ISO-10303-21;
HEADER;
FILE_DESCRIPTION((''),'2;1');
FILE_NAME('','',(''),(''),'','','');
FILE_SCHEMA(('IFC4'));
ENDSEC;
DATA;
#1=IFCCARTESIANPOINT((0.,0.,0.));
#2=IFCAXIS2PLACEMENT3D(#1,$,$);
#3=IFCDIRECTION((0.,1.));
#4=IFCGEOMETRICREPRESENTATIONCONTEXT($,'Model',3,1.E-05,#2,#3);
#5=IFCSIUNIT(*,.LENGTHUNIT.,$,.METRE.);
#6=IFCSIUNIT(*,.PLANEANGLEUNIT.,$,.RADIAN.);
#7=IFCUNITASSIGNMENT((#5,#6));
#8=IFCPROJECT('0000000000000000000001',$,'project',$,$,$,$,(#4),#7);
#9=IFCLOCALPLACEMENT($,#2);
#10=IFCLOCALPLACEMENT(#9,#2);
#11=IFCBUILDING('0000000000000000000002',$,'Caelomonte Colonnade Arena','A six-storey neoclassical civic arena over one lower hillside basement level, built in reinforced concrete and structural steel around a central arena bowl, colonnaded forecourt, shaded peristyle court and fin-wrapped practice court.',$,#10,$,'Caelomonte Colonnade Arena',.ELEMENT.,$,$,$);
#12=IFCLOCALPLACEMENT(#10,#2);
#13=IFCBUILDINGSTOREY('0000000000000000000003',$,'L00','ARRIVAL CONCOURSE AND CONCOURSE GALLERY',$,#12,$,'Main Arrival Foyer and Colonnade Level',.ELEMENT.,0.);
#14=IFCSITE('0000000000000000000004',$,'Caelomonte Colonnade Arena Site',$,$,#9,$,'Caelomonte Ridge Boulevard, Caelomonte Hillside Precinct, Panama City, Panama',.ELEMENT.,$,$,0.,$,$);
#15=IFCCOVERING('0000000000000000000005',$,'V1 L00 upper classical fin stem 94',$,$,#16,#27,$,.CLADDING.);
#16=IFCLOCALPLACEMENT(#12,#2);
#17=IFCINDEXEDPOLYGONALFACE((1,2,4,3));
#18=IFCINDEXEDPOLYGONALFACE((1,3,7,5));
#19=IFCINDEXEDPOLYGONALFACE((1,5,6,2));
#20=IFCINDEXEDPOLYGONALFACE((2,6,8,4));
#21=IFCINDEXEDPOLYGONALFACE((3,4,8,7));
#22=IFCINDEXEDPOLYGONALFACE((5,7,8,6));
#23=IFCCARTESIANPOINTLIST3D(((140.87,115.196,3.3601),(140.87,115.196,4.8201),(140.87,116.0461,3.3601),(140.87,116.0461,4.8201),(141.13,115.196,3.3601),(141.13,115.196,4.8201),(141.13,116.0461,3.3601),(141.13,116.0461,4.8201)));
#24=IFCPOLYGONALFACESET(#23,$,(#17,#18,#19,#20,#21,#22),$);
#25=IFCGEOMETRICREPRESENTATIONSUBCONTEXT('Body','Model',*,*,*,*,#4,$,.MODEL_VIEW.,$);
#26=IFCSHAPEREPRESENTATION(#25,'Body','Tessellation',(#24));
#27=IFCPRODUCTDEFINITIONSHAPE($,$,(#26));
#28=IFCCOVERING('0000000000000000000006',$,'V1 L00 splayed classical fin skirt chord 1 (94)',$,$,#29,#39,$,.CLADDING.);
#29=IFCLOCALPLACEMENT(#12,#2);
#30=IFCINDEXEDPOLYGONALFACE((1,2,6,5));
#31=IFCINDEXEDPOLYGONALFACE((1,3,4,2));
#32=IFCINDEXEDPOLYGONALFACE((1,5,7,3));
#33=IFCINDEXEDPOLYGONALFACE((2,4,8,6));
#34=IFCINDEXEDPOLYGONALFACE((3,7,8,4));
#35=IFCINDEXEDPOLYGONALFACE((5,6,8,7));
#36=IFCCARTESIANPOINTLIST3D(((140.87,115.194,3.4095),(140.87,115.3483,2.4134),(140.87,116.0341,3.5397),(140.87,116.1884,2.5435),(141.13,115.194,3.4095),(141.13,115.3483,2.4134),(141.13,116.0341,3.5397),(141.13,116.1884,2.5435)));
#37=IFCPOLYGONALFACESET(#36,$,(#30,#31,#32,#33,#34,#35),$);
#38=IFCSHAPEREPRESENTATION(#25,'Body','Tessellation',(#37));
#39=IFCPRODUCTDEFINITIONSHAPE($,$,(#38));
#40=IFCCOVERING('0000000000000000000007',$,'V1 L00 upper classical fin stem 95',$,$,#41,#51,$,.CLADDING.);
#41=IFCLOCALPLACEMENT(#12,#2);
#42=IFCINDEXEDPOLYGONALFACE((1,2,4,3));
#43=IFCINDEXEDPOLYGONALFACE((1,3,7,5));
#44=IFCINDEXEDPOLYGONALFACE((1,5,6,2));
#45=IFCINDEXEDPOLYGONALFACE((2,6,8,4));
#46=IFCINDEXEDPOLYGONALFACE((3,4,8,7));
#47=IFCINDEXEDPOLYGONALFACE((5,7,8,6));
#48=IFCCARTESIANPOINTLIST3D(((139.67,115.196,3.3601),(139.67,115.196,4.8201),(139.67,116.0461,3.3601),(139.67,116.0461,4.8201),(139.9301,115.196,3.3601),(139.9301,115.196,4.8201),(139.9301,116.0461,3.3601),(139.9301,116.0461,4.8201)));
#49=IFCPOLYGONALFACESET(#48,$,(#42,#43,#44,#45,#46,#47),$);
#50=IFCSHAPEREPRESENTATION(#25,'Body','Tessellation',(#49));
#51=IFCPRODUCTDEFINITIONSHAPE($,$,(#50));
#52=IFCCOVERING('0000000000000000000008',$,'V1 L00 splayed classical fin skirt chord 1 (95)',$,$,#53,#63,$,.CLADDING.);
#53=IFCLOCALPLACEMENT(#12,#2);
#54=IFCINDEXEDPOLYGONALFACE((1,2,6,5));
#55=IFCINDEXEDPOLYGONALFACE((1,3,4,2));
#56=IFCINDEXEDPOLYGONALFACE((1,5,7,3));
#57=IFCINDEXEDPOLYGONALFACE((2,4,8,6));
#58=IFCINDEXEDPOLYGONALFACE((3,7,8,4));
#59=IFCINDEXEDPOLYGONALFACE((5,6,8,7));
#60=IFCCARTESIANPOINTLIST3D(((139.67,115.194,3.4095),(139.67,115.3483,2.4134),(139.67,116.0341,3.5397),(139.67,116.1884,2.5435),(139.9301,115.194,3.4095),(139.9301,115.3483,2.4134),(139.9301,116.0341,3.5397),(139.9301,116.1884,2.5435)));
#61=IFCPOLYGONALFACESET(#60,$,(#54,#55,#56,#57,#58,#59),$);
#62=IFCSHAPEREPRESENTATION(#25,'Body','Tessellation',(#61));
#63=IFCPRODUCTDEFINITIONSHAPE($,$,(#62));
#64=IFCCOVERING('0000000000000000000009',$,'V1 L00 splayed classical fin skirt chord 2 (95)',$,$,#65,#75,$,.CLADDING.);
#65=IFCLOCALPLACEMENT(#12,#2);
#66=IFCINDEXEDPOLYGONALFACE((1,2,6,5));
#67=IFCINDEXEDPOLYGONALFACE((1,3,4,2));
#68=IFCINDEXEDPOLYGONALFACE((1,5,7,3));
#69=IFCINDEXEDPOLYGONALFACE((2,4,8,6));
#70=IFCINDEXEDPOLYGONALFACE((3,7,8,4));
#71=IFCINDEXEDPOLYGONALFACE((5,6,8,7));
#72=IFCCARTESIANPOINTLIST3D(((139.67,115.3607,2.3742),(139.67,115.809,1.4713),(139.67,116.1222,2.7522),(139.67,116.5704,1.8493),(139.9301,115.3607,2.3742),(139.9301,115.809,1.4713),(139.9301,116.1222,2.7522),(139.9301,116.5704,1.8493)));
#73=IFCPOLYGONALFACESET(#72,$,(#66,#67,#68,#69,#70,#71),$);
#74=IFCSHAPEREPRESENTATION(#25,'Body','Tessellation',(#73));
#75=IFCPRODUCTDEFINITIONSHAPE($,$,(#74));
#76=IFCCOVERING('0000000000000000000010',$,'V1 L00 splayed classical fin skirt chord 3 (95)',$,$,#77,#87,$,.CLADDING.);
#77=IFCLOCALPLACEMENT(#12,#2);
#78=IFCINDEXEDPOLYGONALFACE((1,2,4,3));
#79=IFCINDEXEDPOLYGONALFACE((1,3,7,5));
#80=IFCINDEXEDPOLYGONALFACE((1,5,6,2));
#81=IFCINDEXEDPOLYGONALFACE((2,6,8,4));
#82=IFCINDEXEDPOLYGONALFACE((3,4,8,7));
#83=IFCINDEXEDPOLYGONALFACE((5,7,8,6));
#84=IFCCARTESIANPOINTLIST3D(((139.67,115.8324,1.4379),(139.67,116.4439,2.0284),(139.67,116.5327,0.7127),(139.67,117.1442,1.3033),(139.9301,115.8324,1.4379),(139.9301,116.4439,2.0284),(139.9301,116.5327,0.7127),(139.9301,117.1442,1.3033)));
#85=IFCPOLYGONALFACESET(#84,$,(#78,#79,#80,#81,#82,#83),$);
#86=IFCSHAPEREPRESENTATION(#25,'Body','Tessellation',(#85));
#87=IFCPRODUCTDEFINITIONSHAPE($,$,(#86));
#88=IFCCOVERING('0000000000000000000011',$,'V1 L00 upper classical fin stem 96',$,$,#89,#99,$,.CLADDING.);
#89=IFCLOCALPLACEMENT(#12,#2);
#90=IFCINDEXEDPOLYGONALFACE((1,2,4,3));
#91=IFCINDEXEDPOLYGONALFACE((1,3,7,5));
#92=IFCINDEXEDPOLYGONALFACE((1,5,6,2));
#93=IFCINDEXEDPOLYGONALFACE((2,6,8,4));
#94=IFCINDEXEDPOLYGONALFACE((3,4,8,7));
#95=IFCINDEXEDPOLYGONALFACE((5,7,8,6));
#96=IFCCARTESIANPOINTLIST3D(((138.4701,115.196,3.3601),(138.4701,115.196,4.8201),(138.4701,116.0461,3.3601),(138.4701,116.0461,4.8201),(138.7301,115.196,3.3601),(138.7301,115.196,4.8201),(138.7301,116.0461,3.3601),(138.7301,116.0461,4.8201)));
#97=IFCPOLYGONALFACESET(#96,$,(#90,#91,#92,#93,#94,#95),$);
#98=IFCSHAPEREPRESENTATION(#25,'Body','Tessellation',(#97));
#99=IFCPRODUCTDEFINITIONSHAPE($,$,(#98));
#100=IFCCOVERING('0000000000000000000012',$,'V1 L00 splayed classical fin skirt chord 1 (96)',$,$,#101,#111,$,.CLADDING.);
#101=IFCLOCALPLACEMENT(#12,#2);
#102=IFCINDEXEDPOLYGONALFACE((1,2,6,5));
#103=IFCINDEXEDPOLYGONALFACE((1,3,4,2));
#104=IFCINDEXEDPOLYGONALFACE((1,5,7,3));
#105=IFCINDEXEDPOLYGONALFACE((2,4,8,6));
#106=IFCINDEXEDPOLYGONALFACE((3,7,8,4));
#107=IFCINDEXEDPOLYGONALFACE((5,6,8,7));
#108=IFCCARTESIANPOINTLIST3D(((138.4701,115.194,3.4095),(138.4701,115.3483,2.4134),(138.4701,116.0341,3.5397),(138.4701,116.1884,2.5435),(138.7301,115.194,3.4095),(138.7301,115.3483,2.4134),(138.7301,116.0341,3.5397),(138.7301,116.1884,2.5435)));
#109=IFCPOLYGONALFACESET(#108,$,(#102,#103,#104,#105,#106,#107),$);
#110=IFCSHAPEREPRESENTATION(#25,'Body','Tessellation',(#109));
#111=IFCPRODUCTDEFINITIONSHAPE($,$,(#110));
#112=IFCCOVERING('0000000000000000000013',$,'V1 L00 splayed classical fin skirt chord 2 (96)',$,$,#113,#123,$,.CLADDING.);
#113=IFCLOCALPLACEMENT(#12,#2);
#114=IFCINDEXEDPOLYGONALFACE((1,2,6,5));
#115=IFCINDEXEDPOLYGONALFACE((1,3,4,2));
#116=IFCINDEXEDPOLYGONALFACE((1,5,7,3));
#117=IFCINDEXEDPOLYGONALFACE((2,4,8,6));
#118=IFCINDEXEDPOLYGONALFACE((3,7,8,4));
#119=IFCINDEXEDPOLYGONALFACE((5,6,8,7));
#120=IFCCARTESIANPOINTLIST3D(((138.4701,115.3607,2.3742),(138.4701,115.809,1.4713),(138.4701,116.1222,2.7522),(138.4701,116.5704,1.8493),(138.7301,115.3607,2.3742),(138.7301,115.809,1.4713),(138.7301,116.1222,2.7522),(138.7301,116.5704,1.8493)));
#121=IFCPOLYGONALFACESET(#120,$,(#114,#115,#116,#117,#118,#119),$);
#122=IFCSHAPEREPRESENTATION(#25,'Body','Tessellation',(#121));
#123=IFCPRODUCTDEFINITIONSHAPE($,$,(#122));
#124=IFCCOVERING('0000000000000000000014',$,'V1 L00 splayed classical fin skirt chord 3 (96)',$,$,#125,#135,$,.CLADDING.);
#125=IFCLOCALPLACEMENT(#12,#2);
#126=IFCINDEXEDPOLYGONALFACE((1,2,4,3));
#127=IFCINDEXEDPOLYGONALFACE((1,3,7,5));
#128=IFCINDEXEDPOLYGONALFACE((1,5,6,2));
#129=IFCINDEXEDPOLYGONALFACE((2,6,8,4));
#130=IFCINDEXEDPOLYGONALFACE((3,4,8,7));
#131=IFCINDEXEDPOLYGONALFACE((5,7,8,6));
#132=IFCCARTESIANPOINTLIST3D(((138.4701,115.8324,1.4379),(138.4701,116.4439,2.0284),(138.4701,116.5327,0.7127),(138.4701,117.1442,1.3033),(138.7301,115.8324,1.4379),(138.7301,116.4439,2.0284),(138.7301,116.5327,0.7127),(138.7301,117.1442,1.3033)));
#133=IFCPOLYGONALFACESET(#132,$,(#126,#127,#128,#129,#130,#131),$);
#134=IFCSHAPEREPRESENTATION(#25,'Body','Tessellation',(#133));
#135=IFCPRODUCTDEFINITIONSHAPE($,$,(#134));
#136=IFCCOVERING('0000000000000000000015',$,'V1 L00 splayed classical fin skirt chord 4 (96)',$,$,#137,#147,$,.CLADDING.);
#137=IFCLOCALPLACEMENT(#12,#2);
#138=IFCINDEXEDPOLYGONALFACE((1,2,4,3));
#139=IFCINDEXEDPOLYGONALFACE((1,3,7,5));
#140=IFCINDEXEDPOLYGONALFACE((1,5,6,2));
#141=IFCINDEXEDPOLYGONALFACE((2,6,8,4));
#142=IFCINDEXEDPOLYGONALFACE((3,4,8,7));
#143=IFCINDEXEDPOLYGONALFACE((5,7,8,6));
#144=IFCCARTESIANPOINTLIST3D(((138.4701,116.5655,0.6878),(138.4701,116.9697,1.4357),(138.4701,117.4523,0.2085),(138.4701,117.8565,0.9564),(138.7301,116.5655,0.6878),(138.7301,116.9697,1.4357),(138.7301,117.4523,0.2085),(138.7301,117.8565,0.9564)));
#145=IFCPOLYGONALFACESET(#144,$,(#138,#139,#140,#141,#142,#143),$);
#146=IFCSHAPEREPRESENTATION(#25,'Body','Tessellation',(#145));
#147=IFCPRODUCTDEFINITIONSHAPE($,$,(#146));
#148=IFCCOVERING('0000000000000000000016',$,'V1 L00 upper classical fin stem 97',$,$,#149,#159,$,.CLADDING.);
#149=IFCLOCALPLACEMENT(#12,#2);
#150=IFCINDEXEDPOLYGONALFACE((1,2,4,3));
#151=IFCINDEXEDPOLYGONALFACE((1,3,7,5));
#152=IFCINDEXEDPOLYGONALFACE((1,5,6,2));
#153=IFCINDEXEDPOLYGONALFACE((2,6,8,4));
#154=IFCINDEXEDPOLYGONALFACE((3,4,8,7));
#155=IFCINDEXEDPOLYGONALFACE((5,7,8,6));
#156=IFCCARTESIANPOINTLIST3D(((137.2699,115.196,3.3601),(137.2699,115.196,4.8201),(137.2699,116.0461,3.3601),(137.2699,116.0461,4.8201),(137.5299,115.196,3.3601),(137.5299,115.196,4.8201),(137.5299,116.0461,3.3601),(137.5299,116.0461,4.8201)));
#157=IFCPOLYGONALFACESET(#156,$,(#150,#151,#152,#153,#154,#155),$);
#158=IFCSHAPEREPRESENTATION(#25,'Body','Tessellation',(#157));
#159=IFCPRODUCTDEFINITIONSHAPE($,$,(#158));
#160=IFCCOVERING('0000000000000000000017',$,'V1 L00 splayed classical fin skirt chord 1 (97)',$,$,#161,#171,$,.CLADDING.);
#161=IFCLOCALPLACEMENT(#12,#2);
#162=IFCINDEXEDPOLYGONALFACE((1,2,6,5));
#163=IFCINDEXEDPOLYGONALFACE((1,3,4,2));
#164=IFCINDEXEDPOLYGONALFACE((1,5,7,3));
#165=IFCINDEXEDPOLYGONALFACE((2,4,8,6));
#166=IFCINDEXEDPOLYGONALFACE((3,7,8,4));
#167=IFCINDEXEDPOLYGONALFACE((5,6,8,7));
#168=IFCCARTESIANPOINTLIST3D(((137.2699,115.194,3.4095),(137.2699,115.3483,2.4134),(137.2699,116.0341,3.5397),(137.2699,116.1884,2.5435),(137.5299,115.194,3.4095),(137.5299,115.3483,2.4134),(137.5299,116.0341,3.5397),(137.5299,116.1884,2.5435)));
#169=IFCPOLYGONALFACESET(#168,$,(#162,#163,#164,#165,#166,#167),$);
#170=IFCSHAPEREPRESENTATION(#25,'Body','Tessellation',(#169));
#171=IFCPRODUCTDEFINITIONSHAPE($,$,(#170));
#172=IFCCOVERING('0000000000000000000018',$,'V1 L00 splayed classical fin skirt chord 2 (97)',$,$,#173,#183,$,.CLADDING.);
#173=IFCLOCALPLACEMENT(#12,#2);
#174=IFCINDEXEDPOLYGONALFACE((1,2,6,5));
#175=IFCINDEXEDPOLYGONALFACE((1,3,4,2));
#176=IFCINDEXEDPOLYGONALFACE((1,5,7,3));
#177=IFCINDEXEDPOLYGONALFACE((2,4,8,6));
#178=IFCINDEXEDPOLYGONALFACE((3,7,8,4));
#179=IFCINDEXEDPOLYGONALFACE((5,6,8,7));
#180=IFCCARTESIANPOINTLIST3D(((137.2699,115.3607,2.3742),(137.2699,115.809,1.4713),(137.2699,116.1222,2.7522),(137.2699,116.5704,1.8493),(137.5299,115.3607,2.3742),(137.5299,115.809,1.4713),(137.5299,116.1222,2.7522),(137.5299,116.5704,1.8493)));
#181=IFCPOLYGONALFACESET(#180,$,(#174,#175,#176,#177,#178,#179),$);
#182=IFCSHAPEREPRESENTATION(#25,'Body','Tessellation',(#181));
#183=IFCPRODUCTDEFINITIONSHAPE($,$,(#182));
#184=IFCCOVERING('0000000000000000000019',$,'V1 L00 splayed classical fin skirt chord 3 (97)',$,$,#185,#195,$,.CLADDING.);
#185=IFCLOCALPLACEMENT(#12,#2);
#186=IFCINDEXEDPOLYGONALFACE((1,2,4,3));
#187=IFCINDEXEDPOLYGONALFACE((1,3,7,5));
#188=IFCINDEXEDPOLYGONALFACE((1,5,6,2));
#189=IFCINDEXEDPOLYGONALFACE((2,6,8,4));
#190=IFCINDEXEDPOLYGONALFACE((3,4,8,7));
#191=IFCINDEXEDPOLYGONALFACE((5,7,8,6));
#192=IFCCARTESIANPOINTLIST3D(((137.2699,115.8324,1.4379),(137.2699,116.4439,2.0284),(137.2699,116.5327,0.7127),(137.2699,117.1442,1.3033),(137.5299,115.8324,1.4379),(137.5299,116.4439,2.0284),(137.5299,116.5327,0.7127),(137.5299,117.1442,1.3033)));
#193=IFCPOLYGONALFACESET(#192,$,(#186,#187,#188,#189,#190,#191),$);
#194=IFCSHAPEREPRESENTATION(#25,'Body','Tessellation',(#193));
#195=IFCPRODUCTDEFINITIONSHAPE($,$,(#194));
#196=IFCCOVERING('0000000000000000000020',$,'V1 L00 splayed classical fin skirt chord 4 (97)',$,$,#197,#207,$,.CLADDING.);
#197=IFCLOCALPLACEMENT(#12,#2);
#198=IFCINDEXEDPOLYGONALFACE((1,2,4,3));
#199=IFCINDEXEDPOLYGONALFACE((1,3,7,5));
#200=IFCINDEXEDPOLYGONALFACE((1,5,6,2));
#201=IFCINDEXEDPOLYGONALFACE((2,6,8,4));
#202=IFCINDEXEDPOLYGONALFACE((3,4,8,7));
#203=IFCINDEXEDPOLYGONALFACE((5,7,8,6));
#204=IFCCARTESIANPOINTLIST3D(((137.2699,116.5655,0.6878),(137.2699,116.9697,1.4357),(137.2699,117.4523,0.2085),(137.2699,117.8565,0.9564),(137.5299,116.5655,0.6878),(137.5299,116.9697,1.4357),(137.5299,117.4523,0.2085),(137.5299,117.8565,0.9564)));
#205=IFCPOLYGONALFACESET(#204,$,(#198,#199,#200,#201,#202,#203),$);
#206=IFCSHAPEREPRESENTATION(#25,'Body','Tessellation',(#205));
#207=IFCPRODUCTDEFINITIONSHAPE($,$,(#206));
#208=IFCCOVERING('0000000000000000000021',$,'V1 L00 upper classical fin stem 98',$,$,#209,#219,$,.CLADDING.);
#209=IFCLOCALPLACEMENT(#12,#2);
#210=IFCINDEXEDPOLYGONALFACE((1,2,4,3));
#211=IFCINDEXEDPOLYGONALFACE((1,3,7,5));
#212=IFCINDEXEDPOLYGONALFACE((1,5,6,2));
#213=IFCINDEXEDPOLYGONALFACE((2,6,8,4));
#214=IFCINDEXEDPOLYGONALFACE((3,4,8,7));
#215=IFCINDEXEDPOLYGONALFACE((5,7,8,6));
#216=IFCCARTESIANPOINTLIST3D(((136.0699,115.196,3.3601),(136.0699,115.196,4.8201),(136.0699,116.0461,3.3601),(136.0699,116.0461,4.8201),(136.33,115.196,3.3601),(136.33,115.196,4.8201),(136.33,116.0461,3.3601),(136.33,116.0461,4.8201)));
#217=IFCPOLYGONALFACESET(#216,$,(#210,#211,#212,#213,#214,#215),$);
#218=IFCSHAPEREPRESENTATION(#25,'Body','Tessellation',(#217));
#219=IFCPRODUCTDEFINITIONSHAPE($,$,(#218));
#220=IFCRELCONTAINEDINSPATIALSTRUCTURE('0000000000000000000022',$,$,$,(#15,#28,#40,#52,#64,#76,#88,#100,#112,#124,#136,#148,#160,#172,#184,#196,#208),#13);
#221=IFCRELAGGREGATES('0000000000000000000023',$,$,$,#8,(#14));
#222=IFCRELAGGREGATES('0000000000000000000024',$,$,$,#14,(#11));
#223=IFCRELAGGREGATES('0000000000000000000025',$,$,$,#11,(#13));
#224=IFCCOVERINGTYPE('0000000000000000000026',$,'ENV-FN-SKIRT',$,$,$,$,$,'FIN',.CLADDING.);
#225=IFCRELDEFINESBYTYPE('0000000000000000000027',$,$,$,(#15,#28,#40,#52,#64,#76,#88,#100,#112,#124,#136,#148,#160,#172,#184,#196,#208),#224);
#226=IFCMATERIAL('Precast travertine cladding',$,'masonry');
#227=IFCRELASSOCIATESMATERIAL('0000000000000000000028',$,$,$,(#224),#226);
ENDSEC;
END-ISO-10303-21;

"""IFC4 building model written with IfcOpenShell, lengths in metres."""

from ifc_helpers import new_model, si_unit, direction, frame, origin, origin_2d, place, context, subcontext, project, spatial, rectangle, extrude, material, material_profile, profile_set, type_object, element, save


model = new_model("IFC4")

# Units and contexts
model_context = context("Model", 3, precision=1e-05, world=origin(), true_north=direction((0.0, 1.0)))
body_context = subcontext(model_context, "Body", "Model", "MODEL_VIEW")
ifc_project = project(units=[si_unit("LENGTHUNIT", "METRE"), si_unit("PLANEANGLEUNIT", "RADIAN")], contexts=[model_context])

# Site, building, storey
site_placement = place(None, origin())
site = spatial("IfcSite", under=ifc_project, at=site_placement, Name="Caelomonte Colonnade Arena Site", LongName="Caelomonte Ridge Boulevard, Caelomonte Hillside Precinct, Panama City, Panama", CompositionType="ELEMENT", RefElevation=0.0)
building_placement = place(site_placement, origin())
building = spatial("IfcBuilding", under=site, at=building_placement, Name="Caelomonte Colonnade Arena", Description="A six-storey neoclassical civic arena over one lower hillside basement level, built in reinforced concrete and structural steel around a central arena bowl, colonnaded forecourt, shaded peristyle court and fin-wrapped practice court.", LongName="Caelomonte Colonnade Arena", CompositionType="ELEMENT")
storey_placement = place(building_placement, origin())
storey = spatial("IfcBuildingStorey", under=building, at=storey_placement, Name="L00", Description="ARRIVAL CONCOURSE AND CONCOURSE GALLERY", LongName="Main Arrival Foyer and Colonnade Level", CompositionType="ELEMENT", Elevation=0.0)

# Coverings
ifc_material = material(Name="Precast travertine cladding", Category="masonry")
ifc_material_profile = material_profile(ifc_material, rectangle(XDim=0.26, YDim=0.8501, at=origin_2d()), Name="FIN260X850")
ifc_profile_set = profile_set([ifc_material_profile], Name="Precast travertine cladding")
covering_type = type_object("IfcCoveringType", Name="ENV-FN-SKIRT", ElementType="FIN", PredefinedType="CLADDING", material=ifc_profile_set)
covering_1_placement = place(storey_placement, frame((141.0, 115.6211, 3.3601), z_axis=(0.0, 0.0, 1.0), x_axis=(1.0, 0.0, 0.0)))
element("IfcCovering", 1, at=covering_1_placement, inside=storey, type_object=covering_type, Name="V1 L00 upper classical fin stem 94", PredefinedType="CLADDING", context=body_context, shape_type="SweptSolid", body=[
    extrude(rectangle(XDim=0.26, YDim=0.8501, at=origin_2d()), origin(), (0.0, 0.0, 1.0), 1.46),
])
covering_2_placement = place(storey_placement, frame((141.0, 115.614, 3.4746), z_axis=(0.0, 0.153076, -0.988214), x_axis=(-1.0, 0.0, 0.0)))
element("IfcCovering", 2, at=covering_2_placement, inside=storey, type_object=covering_type, Name="V1 L00 splayed classical fin skirt chord 1 (94)", PredefinedType="CLADDING", context=body_context, shape_type="SweptSolid", body=[
    extrude(rectangle(XDim=0.26, YDim=0.8501, at=origin_2d()), origin(), (0.0, 0.0, 1.0), 1.0081),
])
covering_3_placement = place(storey_placement, frame((139.8, 115.6211, 3.3601), z_axis=(0.0, 0.0, 1.0), x_axis=(1.0, 0.0, 0.0)))
element("IfcCovering", 3, at=covering_3_placement, inside=storey, type_object=covering_type, Name="V1 L00 upper classical fin stem 95", PredefinedType="CLADDING", context=body_context, shape_type="SweptSolid", body=[
    extrude(rectangle(XDim=0.26, YDim=0.8501, at=origin_2d()), origin(), (0.0, 0.0, 1.0), 1.46),
])
for number, where, z_axis, x_axis, name in (
    (4, (139.8, 115.614, 3.4746), (0.0, 0.153076, -0.988214), (-1.0, 0.0, 0.0), "V1 L00 splayed classical fin skirt chord 1 (95)"),
    (5, (139.8, 115.7415, 2.5632), (0.0, 0.444693, -0.895683), (-1.0, 0.0, 0.0), "V1 L00 splayed classical fin skirt chord 2 (95)"),
    (6, (139.8, 116.1382, 1.7332), (0.0, 0.694646, -0.719351), (-1.0, 0.0, 0.0), "V1 L00 splayed classical fin skirt chord 3 (95)"),
):
    element("IfcCovering", number, at=place(storey_placement, frame(where, z_axis=z_axis, x_axis=x_axis)), inside=storey, type_object=covering_type, Name=name, PredefinedType="CLADDING", context=body_context, shape_type="SweptSolid", body=[
        extrude(rectangle(XDim=0.26, YDim=0.8501, at=origin_2d()), origin(), (0.0, 0.0, 1.0), 1.0081),
    ])
covering_4_placement = place(storey_placement, frame((138.6001, 115.6211, 3.3601), z_axis=(0.0, 0.0, 1.0), x_axis=(1.0, 0.0, 0.0)))
element("IfcCovering", 7, at=covering_4_placement, inside=storey, type_object=covering_type, Name="V1 L00 upper classical fin stem 96", PredefinedType="CLADDING", context=body_context, shape_type="SweptSolid", body=[
    extrude(rectangle(XDim=0.26, YDim=0.8501, at=origin_2d()), origin(), (0.0, 0.0, 1.0), 1.46),
])
for number, where, z_axis, x_axis, name in (
    (8, (138.6001, 115.614, 3.4746), (0.0, 0.153076, -0.988214), (-1.0, 0.0, 0.0), "V1 L00 splayed classical fin skirt chord 1 (96)"),
    (9, (138.6001, 115.7415, 2.5632), (0.0, 0.444693, -0.895683), (-1.0, 0.0, 0.0), "V1 L00 splayed classical fin skirt chord 2 (96)"),
    (10, (138.6001, 116.1382, 1.7332), (0.0, 0.694646, -0.719351), (-1.0, 0.0, 0.0), "V1 L00 splayed classical fin skirt chord 3 (96)"),
    (11, (138.6001, 116.7676, 1.0618), (0.0, 0.879731, -0.475471), (-1.0, 0.0, 0.0), "V1 L00 splayed classical fin skirt chord 4 (96)"),
):
    element("IfcCovering", number, at=place(storey_placement, frame(where, z_axis=z_axis, x_axis=x_axis)), inside=storey, type_object=covering_type, Name=name, PredefinedType="CLADDING", context=body_context, shape_type="SweptSolid", body=[
        extrude(rectangle(XDim=0.26, YDim=0.8501, at=origin_2d()), origin(), (0.0, 0.0, 1.0), 1.0081),
    ])
covering_5_placement = place(storey_placement, frame((137.3999, 115.6211, 3.3601), z_axis=(0.0, 0.0, 1.0), x_axis=(1.0, 0.0, 0.0)))
element("IfcCovering", 12, at=covering_5_placement, inside=storey, type_object=covering_type, Name="V1 L00 upper classical fin stem 97", PredefinedType="CLADDING", context=body_context, shape_type="SweptSolid", body=[
    extrude(rectangle(XDim=0.26, YDim=0.8501, at=origin_2d()), origin(), (0.0, 0.0, 1.0), 1.46),
])
for number, where, z_axis, x_axis, name in (
    (13, (137.3999, 115.614, 3.4746), (0.0, 0.153076, -0.988214), (-1.0, 0.0, 0.0), "V1 L00 splayed classical fin skirt chord 1 (97)"),
    (14, (137.3999, 115.7415, 2.5632), (0.0, 0.444693, -0.895683), (-1.0, 0.0, 0.0), "V1 L00 splayed classical fin skirt chord 2 (97)"),
    (15, (137.3999, 116.1382, 1.7332), (0.0, 0.694646, -0.719351), (-1.0, 0.0, 0.0), "V1 L00 splayed classical fin skirt chord 3 (97)"),
    (16, (137.3999, 116.7676, 1.0618), (0.0, 0.879731, -0.475471), (-1.0, 0.0, 0.0), "V1 L00 splayed classical fin skirt chord 4 (97)"),
):
    element("IfcCovering", number, at=place(storey_placement, frame(where, z_axis=z_axis, x_axis=x_axis)), inside=storey, type_object=covering_type, Name=name, PredefinedType="CLADDING", context=body_context, shape_type="SweptSolid", body=[
        extrude(rectangle(XDim=0.26, YDim=0.8501, at=origin_2d()), origin(), (0.0, 0.0, 1.0), 1.0081),
    ])
covering_6_placement = place(storey_placement, frame((136.2, 115.6211, 3.3601), z_axis=(0.0, 0.0, 1.0), x_axis=(1.0, 0.0, 0.0)))
element("IfcCovering", 17, at=covering_6_placement, inside=storey, type_object=covering_type, Name="V1 L00 upper classical fin stem 98", PredefinedType="CLADDING", context=body_context, shape_type="SweptSolid", body=[
    extrude(rectangle(XDim=0.26, YDim=0.8501, at=origin_2d()), origin(), (0.0, 0.0, 1.0), 1.46),
])

save(model, "model.ifc")
